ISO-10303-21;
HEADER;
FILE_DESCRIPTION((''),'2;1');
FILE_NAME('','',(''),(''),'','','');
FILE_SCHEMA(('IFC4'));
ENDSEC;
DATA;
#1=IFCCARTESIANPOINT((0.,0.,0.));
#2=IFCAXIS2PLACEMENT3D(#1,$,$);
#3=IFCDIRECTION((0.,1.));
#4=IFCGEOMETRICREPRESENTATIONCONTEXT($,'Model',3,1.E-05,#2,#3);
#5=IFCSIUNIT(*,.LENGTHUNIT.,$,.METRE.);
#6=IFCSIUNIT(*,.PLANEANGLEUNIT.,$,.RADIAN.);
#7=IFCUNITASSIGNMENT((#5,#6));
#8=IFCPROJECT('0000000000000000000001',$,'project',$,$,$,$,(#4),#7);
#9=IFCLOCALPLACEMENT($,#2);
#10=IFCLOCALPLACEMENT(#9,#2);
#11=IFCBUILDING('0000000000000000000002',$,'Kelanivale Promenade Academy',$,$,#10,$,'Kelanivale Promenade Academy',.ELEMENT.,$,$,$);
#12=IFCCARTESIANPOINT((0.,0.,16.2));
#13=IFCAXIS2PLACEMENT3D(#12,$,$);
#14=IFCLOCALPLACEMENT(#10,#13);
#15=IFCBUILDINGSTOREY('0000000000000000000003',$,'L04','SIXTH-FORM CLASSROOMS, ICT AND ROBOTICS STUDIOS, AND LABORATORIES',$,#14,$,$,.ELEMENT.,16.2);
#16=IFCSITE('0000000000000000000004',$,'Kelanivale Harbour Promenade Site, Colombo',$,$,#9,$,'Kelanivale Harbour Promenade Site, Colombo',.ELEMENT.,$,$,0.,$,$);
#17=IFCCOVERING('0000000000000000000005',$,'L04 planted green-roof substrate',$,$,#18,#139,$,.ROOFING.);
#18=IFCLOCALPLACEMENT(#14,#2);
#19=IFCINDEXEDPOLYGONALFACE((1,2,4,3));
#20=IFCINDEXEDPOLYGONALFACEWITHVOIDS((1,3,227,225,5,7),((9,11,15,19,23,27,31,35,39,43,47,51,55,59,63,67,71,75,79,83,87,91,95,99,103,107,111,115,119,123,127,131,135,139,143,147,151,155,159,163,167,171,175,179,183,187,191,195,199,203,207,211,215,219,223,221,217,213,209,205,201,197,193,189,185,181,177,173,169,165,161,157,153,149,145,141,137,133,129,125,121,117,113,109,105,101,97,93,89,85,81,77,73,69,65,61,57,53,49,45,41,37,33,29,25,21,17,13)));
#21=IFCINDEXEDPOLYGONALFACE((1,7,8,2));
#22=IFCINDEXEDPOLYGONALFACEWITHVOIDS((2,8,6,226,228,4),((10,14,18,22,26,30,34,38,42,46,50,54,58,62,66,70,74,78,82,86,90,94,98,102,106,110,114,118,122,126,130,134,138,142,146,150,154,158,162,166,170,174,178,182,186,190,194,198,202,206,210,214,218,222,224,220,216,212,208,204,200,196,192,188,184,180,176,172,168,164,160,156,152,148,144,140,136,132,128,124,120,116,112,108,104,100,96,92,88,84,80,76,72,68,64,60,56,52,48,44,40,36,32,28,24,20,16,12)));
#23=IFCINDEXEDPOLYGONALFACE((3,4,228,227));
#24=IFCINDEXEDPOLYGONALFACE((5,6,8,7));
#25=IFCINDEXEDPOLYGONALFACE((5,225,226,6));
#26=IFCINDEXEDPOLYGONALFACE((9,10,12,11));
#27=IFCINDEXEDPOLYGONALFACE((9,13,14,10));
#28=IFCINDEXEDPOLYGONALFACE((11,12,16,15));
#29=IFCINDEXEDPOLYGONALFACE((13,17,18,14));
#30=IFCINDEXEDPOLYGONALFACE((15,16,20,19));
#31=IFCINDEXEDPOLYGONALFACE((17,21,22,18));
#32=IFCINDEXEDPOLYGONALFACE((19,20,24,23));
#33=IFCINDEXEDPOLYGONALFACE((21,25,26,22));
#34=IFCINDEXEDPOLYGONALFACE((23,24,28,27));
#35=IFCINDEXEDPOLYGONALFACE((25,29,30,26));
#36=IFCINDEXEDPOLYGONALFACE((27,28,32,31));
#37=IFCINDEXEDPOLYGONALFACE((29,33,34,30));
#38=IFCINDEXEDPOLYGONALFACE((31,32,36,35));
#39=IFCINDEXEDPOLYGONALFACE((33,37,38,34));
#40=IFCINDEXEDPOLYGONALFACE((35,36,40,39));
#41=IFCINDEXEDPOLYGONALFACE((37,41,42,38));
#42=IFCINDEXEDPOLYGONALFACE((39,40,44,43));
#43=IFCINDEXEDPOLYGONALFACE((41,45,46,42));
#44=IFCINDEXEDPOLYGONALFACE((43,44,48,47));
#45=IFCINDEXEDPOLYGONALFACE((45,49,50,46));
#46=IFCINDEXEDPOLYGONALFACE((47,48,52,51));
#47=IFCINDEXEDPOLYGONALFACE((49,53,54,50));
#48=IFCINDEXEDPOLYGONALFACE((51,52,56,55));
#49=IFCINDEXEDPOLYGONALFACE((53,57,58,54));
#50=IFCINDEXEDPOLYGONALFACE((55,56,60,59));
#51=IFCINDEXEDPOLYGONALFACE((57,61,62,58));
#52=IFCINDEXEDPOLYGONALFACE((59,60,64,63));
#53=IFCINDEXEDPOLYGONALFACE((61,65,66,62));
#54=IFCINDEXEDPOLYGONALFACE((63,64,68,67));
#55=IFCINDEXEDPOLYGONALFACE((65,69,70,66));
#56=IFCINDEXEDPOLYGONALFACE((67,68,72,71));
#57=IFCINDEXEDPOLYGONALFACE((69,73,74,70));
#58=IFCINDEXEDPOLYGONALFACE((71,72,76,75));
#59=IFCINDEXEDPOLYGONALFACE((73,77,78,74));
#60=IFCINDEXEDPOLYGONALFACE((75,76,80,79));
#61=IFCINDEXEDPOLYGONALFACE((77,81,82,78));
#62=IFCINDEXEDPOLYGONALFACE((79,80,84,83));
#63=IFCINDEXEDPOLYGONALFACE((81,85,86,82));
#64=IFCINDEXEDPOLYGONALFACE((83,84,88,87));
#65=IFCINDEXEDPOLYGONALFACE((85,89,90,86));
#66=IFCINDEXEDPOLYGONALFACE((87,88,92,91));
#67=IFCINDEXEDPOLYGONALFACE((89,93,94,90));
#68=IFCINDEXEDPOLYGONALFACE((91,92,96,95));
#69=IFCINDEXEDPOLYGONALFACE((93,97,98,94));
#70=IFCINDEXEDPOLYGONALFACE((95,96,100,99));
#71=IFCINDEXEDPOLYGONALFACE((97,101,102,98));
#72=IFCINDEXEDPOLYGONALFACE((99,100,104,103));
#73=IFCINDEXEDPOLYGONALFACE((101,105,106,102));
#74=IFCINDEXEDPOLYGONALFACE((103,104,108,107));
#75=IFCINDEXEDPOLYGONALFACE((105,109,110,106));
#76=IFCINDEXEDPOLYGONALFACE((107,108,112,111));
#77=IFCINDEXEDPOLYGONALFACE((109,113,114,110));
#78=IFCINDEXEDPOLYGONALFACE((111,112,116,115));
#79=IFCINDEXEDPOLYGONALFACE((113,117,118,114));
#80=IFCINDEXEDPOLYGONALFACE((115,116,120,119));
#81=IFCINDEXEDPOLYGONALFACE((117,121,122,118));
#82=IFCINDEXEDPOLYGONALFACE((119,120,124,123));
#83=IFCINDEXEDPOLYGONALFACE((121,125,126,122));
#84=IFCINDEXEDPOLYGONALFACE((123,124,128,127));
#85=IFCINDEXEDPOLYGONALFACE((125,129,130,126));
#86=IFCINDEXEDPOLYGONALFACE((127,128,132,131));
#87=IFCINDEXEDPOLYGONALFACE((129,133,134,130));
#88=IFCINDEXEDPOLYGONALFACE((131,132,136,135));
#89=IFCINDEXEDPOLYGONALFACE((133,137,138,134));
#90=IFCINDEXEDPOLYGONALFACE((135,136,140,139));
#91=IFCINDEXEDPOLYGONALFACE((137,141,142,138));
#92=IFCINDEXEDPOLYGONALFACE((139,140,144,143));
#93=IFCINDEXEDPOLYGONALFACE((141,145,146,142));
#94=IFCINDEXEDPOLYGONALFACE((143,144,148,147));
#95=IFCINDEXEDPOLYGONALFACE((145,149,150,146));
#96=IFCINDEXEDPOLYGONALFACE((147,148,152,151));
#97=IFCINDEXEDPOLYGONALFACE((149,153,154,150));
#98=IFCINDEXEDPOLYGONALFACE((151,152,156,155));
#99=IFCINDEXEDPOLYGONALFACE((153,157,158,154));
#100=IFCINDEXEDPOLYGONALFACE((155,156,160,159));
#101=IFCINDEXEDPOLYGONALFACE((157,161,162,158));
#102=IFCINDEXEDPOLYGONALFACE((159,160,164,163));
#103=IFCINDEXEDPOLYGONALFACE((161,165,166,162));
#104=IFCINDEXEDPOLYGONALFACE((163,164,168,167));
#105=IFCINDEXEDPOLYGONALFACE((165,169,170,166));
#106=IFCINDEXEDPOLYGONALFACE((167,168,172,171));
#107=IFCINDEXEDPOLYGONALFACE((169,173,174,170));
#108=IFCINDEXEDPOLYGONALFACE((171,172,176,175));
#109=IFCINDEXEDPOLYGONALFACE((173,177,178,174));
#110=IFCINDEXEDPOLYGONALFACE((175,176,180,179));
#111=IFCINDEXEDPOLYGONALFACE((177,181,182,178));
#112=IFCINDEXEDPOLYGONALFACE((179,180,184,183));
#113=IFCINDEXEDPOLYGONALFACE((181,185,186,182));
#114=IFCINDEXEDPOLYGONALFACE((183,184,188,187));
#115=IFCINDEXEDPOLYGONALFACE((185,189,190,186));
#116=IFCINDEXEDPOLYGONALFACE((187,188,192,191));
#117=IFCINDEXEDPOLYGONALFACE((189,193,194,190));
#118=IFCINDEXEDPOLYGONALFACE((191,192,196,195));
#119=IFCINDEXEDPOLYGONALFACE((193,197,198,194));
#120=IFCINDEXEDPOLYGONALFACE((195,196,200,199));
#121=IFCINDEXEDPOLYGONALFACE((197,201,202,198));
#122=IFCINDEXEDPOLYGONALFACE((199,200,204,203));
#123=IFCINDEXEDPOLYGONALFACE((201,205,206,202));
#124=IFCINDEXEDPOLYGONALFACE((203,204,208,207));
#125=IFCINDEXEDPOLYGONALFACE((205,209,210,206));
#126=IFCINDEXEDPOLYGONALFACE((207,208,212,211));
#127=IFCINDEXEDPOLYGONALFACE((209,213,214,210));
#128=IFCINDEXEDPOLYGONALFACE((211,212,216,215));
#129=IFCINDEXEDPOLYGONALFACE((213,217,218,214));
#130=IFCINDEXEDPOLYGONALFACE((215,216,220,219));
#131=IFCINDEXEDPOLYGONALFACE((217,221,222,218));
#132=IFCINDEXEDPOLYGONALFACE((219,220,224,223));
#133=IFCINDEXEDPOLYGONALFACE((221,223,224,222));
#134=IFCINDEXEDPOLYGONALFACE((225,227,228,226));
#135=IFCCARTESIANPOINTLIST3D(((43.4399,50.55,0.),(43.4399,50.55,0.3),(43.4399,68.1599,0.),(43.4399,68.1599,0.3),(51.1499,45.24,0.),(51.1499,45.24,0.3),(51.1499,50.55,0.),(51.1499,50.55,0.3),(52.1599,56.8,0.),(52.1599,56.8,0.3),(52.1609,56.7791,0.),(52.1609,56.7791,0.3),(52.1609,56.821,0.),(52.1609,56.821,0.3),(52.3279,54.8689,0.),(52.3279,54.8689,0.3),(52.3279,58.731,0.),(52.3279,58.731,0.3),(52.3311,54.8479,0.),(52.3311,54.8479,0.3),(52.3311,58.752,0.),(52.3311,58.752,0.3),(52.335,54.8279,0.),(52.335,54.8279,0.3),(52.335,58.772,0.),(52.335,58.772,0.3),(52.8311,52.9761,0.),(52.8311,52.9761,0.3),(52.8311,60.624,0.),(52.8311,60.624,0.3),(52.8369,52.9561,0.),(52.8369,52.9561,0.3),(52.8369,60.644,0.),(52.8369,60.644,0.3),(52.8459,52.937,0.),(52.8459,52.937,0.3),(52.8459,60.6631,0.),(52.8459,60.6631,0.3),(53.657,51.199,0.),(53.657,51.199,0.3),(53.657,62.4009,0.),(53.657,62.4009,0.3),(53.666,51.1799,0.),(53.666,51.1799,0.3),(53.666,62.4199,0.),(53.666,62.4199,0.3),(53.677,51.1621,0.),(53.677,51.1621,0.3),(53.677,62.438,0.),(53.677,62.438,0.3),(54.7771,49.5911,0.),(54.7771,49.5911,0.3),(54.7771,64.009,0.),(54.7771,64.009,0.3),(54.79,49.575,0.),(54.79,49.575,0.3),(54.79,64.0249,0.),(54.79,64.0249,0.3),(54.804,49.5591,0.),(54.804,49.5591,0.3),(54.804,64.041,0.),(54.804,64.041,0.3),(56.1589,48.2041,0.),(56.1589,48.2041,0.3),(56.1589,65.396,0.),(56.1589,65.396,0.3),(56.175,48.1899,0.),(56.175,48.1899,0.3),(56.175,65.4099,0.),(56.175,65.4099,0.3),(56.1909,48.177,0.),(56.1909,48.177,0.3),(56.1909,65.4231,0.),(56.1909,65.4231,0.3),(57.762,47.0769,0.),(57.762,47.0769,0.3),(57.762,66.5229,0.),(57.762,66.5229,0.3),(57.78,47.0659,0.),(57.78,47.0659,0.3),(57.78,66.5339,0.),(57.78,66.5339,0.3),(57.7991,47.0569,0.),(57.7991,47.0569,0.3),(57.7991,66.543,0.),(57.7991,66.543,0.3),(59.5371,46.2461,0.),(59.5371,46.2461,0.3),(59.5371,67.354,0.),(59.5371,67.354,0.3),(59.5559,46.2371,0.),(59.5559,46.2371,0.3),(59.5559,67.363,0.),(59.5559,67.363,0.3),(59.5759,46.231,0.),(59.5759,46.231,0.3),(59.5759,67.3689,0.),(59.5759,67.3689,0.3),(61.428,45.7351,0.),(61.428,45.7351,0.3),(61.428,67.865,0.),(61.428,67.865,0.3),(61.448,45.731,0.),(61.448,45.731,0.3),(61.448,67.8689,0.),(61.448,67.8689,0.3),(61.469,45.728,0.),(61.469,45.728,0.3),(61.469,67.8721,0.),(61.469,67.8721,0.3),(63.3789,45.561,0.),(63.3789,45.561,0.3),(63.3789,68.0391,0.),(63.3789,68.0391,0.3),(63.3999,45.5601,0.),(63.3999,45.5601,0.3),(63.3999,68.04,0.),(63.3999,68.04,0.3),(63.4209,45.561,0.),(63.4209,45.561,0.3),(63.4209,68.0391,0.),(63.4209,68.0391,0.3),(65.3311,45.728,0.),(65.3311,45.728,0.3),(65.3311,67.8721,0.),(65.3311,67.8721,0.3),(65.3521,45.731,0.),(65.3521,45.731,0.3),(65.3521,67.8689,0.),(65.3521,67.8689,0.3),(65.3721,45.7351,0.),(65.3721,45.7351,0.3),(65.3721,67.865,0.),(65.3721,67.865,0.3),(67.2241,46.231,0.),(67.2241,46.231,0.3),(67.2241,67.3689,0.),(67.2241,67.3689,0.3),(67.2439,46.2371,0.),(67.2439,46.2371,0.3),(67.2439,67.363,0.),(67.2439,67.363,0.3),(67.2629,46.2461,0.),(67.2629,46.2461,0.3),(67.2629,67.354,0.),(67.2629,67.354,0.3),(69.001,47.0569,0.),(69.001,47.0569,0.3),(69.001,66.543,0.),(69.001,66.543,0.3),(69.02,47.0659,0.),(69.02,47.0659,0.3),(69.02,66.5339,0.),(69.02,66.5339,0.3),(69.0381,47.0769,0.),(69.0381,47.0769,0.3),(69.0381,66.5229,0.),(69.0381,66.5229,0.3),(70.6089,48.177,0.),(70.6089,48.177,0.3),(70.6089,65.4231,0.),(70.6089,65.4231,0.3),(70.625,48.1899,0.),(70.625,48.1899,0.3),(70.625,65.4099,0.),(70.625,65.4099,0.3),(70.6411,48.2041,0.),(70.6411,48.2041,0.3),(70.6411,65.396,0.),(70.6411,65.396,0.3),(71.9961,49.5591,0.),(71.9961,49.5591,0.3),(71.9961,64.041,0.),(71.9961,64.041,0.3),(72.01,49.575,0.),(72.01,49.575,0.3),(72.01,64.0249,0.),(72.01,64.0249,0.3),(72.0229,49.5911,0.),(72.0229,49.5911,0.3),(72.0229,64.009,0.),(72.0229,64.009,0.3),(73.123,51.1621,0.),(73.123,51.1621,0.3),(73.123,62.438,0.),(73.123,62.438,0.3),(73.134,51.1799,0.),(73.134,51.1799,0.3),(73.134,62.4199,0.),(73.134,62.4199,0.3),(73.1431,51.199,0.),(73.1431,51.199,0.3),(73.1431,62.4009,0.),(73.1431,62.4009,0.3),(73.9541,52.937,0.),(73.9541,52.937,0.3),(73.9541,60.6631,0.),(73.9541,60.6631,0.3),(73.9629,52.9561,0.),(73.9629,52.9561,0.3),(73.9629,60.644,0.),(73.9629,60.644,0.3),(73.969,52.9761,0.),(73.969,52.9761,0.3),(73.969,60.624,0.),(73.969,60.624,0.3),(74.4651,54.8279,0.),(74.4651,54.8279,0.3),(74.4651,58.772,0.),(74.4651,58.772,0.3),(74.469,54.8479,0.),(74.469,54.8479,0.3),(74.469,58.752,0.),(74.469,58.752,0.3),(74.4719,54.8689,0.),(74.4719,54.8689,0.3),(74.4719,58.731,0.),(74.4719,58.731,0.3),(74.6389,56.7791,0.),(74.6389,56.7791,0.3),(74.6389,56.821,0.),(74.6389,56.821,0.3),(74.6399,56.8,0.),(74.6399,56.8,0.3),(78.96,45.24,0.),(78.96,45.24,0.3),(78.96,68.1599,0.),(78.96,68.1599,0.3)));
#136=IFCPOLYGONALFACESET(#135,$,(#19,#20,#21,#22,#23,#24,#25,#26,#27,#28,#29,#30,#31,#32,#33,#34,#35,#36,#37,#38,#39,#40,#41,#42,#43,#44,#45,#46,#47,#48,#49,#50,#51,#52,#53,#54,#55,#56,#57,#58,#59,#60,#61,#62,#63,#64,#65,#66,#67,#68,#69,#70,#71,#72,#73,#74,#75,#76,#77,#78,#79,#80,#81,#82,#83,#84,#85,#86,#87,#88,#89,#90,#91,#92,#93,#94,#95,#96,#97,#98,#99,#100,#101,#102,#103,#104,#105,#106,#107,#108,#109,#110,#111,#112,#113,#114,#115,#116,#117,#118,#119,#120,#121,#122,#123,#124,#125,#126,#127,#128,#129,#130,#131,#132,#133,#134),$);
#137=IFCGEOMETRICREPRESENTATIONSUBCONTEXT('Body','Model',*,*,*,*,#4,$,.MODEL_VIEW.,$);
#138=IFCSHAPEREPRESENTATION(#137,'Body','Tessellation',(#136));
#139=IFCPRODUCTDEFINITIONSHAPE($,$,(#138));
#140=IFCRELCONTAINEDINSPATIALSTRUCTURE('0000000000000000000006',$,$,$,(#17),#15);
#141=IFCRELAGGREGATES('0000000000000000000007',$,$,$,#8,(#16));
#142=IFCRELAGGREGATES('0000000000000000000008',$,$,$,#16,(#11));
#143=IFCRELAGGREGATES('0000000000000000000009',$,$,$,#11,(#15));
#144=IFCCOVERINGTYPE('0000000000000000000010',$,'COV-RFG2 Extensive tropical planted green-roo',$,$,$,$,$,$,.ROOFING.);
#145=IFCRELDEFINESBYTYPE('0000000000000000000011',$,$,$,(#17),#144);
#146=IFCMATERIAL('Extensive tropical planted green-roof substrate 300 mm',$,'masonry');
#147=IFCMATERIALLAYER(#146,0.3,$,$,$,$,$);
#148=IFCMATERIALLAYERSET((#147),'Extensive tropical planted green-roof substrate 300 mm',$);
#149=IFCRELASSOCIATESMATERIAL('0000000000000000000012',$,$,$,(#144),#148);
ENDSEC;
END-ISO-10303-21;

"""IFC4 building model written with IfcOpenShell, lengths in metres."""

from ifc_helpers import new_model, si_unit, direction, frame, origin, place, context, subcontext, project, spatial, polyline, outline, extrude, material, layer, layer_set, type_object, element, save


model = new_model("IFC4")

# Units and contexts
model_context = context("Model", 3, precision=1e-05, world=origin(), true_north=direction((0.0, 1.0)))
body_context = subcontext(model_context, "Body", "Model", "MODEL_VIEW")
ifc_project = project(units=[si_unit("LENGTHUNIT", "METRE"), si_unit("PLANEANGLEUNIT", "RADIAN")], contexts=[model_context])

# Site, building, storey
site_placement = place(None, origin())
site = spatial("IfcSite", under=ifc_project, at=site_placement, Name="Kelanivale Harbour Promenade Site, Colombo", LongName="Kelanivale Harbour Promenade Site, Colombo", CompositionType="ELEMENT", RefElevation=0.0)
building_placement = place(site_placement, origin())
building = spatial("IfcBuilding", under=site, at=building_placement, Name="Kelanivale Promenade Academy", LongName="Kelanivale Promenade Academy", CompositionType="ELEMENT")
storey_placement = place(building_placement, frame((0.0, 0.0, 16.2)))
storey = spatial("IfcBuildingStorey", under=building, at=storey_placement, Name="L04", Description="SIXTH-FORM CLASSROOMS, ICT AND ROBOTICS STUDIOS, AND LABORATORIES", CompositionType="ELEMENT", Elevation=16.2)

# Covering
ifc_material_1 = material(Name="Extensive tropical planted green-roof substrate 300 mm", Category="masonry")
ifc_layer_1 = layer(ifc_material_1, 0.3)
ifc_layer_set_1 = layer_set([ifc_layer_1], Name="Extensive tropical planted green-roof substrate 300 mm")
covering_type_1 = type_object("IfcCoveringType", Name="COV-RFG2 Extensive tropical planted green-roo", PredefinedType="ROOFING", material=ifc_layer_set_1)
covering_1_placement = place(storey_placement, origin())
element("IfcCovering", 1, at=covering_1_placement, inside=storey, type_object=covering_type_1, Name="L04 planted green-roof substrate", PredefinedType="ROOFING", context=body_context, shape_type="SweptSolid", body=[
    extrude(outline(polyline([(43.4399, 68.1599), (43.4399, 50.55), (51.1499, 50.55), (51.1499, 45.24), (78.96, 45.24), (78.96, 68.1599), (43.4399, 68.1599)]), holes=[polyline([(74.469, 58.752), (74.4719, 58.731), (74.6389, 56.821), (74.6399, 56.8), (74.6389, 56.7791), (74.4719, 54.8689), (74.469, 54.8479), (74.4651, 54.8279), (73.969, 52.9761), (73.9629, 52.9561), (73.9541, 52.937), (73.1431, 51.199), (73.134, 51.1799), (73.123, 51.1621), (72.0229, 49.5911), (72.01, 49.575), (71.9961, 49.5591), (70.6411, 48.2041), (70.625, 48.1899), (70.6089, 48.177), (69.0381, 47.0769), (69.02, 47.0659), (69.001, 47.0569), (67.2629, 46.2461), (67.2439, 46.2371), (67.2241, 46.231), (65.3721, 45.7351), (65.3521, 45.731), (65.3311, 45.728), (63.4209, 45.561), (63.3999, 45.5601), (63.3789, 45.561), (61.469, 45.728), (61.448, 45.731), (61.428, 45.7351), (59.5759, 46.231), (59.5559, 46.2371), (59.5371, 46.2461), (57.7991, 47.0569), (57.78, 47.0659), (57.762, 47.0769), (56.1909, 48.177), (56.175, 48.1899), (56.1589, 48.2041), (54.804, 49.5591), (54.79, 49.575), (54.7771, 49.5911), (53.677, 51.1621), (53.666, 51.1799), (53.657, 51.199), (52.8459, 52.937), (52.8369, 52.9561), (52.8311, 52.9761), (52.335, 54.8279), (52.3311, 54.8479), (52.3279, 54.8689), (52.1609, 56.7791), (52.1599, 56.8), (52.1609, 56.821), (52.3279, 58.731), (52.3311, 58.752), (52.335, 58.772), (52.8311, 60.624), (52.8369, 60.644), (52.8459, 60.6631), (53.657, 62.4009), (53.666, 62.4199), (53.677, 62.438), (54.7771, 64.009), (54.79, 64.0249), (54.804, 64.041), (56.1589, 65.396), (56.175, 65.4099), (56.1909, 65.4231), (57.762, 66.5229), (57.78, 66.5339), (57.7991, 66.543), (59.5371, 67.354), (59.5559, 67.363), (59.5759, 67.3689), (61.428, 67.865), (61.448, 67.8689), (61.469, 67.8721), (63.3789, 68.0391), (63.3999, 68.04), (63.4209, 68.0391), (65.3311, 67.8721), (65.3521, 67.8689), (65.3721, 67.865), (67.2241, 67.3689), (67.2439, 67.363), (67.2629, 67.354), (69.001, 66.543), (69.02, 66.5339), (69.0381, 66.5229), (70.6089, 65.4231), (70.625, 65.4099), (70.6411, 65.396), (71.9961, 64.041), (72.01, 64.0249), (72.0229, 64.009), (73.123, 62.438), (73.134, 62.4199), (73.1431, 62.4009), (73.9541, 60.6631), (73.9629, 60.644), (73.969, 60.624), (74.4651, 58.772), (74.469, 58.752)])]), origin(), (0.0, 0.0, 1.0), 0.3),
])

save(model, "model.ifc")
